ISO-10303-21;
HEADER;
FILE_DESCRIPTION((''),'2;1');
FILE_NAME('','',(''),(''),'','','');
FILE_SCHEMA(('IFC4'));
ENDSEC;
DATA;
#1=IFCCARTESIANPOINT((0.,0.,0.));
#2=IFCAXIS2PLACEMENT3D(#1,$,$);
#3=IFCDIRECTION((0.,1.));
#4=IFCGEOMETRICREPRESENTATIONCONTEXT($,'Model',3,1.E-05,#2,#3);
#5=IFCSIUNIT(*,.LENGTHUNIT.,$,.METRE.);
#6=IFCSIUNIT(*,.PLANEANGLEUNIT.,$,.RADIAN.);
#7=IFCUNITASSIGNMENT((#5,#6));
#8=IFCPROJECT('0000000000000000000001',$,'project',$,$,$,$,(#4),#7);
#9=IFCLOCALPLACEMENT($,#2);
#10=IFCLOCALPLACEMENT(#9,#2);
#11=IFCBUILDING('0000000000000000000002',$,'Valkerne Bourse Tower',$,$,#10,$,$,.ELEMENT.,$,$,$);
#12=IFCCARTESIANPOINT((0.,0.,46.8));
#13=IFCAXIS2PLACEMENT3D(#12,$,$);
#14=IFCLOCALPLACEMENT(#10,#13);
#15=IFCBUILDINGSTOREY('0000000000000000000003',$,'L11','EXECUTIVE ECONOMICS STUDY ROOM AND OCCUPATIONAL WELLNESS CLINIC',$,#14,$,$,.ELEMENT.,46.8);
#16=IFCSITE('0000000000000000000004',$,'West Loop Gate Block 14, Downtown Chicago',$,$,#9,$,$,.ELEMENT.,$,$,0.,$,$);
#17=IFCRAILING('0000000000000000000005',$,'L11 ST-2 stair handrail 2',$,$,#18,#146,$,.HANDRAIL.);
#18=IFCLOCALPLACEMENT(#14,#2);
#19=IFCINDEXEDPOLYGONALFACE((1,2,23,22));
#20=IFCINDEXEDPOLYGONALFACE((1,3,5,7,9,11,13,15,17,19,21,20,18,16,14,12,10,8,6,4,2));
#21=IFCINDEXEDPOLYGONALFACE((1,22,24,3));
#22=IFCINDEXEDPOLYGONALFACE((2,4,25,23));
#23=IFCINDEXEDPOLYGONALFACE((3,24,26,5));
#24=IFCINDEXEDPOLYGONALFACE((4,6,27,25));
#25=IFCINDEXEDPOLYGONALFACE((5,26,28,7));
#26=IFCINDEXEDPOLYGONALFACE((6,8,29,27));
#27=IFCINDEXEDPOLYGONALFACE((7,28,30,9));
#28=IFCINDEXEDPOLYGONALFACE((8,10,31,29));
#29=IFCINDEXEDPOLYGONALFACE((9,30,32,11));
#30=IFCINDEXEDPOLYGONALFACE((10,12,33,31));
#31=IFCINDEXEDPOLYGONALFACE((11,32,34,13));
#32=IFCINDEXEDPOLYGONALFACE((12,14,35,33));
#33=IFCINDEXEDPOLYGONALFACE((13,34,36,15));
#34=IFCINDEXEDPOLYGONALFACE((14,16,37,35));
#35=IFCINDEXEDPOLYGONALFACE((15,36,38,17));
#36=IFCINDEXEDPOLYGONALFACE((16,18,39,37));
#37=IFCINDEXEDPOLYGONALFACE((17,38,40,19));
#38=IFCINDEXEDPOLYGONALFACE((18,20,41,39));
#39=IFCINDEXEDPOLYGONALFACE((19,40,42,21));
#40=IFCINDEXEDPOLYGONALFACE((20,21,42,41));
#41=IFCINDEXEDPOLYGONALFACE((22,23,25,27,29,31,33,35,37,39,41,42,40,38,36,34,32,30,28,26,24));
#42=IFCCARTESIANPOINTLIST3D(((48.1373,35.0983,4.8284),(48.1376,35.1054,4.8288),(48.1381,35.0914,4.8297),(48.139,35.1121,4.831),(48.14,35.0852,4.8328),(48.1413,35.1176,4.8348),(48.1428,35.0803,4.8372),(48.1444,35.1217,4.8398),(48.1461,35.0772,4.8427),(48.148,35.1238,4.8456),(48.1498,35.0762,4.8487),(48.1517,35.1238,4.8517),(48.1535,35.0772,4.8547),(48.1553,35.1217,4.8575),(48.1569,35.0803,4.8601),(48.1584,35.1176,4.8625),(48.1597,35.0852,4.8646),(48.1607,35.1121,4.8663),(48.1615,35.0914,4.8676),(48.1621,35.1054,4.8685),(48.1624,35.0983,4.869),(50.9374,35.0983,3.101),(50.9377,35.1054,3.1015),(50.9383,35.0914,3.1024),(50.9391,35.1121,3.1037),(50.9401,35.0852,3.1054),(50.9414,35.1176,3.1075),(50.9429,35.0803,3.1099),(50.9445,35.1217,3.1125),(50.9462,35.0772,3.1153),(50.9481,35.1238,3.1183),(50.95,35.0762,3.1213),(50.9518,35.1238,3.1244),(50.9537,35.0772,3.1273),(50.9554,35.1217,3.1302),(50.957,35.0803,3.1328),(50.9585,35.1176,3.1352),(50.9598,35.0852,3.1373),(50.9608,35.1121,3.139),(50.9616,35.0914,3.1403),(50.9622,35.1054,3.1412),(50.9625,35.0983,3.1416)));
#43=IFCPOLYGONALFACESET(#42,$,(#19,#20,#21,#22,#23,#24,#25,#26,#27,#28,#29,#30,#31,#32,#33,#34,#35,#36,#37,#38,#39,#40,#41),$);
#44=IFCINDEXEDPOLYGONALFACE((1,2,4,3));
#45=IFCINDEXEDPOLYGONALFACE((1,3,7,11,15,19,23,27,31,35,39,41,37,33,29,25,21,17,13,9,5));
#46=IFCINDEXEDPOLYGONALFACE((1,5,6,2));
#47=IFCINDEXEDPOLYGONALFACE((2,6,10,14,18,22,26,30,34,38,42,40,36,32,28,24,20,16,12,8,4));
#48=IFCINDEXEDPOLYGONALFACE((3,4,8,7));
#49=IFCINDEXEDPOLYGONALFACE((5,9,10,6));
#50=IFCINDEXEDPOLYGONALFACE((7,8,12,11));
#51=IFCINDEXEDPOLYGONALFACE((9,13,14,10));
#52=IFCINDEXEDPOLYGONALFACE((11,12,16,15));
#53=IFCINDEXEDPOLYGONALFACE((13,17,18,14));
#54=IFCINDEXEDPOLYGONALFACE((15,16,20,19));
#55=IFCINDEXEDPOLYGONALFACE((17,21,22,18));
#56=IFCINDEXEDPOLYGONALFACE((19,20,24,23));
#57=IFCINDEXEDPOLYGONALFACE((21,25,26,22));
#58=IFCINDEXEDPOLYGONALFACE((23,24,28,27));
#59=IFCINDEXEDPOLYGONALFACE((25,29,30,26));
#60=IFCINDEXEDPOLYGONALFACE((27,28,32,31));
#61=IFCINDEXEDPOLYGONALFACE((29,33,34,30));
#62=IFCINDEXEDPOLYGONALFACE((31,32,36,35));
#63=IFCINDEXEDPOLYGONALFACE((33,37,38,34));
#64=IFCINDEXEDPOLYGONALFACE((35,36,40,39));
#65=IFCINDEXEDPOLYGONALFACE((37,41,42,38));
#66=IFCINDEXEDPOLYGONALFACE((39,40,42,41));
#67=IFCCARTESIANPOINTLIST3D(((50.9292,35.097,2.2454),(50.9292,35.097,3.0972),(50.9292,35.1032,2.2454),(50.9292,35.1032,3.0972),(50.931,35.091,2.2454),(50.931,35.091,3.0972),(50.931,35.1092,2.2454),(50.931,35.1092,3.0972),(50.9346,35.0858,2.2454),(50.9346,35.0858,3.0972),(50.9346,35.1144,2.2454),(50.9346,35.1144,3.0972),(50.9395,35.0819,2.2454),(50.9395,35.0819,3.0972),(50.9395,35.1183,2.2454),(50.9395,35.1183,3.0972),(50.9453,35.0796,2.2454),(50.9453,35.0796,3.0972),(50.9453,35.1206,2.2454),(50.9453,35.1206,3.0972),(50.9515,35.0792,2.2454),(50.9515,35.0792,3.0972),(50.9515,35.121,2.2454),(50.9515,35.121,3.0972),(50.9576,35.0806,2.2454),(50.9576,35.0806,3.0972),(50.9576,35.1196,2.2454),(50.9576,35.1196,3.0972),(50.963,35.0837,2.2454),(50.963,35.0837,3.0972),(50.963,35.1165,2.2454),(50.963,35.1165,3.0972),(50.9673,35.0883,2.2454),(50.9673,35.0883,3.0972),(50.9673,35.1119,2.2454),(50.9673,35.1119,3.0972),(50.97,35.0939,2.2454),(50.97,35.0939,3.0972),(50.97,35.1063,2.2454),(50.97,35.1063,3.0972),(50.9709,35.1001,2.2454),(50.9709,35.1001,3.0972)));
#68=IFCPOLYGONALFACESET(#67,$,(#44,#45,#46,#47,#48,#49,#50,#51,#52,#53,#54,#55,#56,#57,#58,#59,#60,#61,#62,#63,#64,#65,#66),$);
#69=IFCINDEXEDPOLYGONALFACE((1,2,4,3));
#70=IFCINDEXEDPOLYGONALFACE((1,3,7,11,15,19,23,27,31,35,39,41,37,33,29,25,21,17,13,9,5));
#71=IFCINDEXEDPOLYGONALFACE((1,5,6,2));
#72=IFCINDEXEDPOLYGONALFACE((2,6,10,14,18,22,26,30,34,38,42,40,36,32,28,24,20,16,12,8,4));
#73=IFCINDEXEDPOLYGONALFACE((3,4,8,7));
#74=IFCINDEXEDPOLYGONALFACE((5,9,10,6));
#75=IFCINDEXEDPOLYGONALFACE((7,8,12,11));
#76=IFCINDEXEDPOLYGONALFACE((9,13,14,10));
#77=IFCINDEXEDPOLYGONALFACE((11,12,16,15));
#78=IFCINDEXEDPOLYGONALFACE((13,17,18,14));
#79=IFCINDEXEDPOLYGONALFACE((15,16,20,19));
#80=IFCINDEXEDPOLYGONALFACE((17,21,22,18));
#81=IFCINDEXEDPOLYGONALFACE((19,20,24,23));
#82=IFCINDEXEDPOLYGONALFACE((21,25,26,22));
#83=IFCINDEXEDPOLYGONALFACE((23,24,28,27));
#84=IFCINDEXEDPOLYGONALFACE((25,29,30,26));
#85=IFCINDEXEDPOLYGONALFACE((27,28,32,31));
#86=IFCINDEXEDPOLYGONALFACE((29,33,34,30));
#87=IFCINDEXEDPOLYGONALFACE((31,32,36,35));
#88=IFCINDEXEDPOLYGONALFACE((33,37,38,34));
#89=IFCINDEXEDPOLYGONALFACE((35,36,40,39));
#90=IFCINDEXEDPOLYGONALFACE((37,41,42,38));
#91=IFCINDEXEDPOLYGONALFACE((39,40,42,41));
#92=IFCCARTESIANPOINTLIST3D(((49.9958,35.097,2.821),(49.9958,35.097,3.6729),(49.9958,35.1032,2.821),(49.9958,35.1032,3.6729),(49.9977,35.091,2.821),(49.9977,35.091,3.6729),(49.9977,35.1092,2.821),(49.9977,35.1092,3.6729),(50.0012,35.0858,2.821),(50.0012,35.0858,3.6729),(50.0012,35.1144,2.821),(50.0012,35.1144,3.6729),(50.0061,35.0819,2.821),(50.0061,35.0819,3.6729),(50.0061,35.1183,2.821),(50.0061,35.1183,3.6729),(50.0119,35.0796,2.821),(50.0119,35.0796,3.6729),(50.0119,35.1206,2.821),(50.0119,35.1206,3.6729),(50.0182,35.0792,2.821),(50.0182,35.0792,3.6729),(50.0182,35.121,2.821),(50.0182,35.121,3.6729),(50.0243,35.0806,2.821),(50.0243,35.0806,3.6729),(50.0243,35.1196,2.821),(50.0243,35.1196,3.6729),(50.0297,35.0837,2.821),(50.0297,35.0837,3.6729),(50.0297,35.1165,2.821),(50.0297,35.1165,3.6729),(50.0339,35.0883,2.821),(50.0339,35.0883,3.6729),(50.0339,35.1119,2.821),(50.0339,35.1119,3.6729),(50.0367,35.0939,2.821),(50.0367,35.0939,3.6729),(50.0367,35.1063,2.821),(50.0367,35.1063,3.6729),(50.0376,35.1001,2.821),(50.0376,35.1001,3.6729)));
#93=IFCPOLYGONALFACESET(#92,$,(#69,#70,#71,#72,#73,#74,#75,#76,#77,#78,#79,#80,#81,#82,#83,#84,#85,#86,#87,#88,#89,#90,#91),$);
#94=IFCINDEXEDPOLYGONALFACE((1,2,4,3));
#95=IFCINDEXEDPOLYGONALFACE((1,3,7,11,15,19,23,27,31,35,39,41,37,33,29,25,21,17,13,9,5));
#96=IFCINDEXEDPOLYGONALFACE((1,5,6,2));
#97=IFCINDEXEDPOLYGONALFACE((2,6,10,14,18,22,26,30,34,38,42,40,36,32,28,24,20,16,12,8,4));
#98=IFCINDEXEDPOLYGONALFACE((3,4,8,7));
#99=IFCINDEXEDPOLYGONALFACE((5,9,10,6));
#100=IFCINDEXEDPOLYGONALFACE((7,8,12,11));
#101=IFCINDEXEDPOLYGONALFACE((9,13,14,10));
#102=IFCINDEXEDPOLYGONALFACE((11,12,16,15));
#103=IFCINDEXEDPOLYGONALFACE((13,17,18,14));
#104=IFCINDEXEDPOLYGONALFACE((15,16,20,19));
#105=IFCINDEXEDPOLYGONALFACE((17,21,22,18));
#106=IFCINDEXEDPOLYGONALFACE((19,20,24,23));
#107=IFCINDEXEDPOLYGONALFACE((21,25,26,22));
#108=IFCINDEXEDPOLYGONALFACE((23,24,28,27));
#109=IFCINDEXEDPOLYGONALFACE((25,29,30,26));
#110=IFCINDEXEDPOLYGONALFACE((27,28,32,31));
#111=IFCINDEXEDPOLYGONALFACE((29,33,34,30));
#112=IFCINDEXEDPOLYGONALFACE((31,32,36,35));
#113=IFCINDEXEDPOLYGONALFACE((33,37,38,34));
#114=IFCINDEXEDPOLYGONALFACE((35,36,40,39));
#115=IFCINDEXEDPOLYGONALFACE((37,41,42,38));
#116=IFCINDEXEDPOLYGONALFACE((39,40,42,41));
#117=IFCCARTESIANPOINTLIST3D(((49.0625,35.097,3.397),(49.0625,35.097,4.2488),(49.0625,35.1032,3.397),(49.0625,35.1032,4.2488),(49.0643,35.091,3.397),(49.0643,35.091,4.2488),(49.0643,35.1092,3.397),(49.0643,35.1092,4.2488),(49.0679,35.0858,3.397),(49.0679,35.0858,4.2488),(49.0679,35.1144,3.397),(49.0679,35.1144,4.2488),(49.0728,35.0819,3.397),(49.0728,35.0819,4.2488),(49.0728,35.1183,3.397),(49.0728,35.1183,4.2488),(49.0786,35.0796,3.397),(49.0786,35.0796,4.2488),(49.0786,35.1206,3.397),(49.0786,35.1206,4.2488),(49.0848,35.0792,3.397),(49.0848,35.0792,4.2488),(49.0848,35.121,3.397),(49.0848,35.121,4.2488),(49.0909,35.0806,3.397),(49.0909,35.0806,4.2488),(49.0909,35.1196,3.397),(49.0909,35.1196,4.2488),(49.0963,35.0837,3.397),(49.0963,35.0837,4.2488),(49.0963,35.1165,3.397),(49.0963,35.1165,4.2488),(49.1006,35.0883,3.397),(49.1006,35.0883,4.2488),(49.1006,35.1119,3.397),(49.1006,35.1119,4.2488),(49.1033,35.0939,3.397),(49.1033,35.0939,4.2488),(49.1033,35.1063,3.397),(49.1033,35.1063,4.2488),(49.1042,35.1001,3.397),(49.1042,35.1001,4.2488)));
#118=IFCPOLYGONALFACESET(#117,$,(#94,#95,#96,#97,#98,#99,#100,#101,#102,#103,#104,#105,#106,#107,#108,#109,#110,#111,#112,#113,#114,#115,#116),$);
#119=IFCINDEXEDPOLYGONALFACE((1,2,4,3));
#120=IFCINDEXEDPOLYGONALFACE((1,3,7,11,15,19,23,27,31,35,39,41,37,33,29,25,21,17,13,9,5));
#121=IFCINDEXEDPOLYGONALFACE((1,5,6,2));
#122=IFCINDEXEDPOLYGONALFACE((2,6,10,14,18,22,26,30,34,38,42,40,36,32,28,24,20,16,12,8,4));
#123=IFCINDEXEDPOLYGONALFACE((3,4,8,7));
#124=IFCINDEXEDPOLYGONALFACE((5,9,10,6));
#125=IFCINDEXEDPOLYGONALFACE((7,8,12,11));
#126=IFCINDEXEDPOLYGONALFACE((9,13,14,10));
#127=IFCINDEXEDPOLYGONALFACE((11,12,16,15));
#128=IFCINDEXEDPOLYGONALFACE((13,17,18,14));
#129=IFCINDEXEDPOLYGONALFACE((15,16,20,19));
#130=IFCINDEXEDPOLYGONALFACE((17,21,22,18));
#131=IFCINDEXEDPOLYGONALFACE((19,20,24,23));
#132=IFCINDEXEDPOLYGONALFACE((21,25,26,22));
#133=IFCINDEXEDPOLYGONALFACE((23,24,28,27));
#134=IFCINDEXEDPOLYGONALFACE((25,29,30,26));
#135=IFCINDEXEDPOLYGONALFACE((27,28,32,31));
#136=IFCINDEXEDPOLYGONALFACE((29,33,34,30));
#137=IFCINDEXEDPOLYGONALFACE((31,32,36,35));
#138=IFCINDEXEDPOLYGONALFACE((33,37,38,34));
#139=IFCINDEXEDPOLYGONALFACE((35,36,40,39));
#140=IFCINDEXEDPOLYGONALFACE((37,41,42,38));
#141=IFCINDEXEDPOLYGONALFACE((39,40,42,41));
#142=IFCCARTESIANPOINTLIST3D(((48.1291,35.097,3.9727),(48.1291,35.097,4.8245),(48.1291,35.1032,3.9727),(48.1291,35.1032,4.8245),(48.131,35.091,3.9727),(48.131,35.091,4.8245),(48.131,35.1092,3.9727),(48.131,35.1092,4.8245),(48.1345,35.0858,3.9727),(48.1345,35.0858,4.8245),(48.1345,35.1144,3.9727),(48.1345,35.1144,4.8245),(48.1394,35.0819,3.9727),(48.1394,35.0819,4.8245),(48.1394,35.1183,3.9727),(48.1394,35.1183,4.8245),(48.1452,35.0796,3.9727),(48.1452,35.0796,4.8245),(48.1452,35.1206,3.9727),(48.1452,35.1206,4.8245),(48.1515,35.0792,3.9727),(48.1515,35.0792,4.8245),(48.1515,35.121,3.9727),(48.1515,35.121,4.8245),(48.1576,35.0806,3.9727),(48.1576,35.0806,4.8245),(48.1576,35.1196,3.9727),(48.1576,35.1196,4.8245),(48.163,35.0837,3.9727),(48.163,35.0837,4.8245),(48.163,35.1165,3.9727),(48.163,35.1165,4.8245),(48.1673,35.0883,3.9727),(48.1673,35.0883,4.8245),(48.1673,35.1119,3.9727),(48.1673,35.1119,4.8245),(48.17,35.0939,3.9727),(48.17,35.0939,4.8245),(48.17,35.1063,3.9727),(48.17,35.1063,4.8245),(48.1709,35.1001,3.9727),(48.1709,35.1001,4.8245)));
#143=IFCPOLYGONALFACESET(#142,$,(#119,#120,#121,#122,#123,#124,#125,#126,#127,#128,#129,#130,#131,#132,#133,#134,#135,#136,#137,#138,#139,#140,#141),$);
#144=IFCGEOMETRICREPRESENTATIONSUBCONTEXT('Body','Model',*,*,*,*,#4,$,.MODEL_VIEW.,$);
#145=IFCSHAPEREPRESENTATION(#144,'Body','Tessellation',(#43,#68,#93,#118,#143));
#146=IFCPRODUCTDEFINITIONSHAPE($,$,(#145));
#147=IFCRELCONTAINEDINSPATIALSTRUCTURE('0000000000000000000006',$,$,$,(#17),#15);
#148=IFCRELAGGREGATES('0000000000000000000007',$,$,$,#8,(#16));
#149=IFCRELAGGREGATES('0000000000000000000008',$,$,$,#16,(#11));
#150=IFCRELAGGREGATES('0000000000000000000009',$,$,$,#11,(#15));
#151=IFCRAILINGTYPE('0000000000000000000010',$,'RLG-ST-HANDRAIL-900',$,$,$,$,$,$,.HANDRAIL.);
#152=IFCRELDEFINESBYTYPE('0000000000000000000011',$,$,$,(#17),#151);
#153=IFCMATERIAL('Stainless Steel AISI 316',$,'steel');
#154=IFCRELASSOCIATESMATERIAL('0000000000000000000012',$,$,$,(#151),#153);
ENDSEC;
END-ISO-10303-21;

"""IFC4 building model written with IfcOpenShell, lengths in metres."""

from ifc_helpers import new_model, si_unit, direction, frame, origin, origin_2d, place, context, subcontext, project, spatial, circle, extrude, material, type_object, element, save


model = new_model("IFC4")

# Units and contexts
model_context = context("Model", 3, precision=1e-05, world=origin(), true_north=direction((0.0, 1.0)))
body_context = subcontext(model_context, "Body", "Model", "MODEL_VIEW")
ifc_project = project(units=[si_unit("LENGTHUNIT", "METRE"), si_unit("PLANEANGLEUNIT", "RADIAN")], contexts=[model_context])

# Site, building, storey
site_placement = place(None, origin())
site = spatial("IfcSite", under=ifc_project, at=site_placement, Name="West Loop Gate Block 14, Downtown Chicago", CompositionType="ELEMENT", RefElevation=0.0)
building_placement = place(site_placement, origin())
building = spatial("IfcBuilding", under=site, at=building_placement, Name="Valkerne Bourse Tower", CompositionType="ELEMENT")
storey_placement = place(building_placement, frame((0.0, 0.0, 46.8)))
storey = spatial("IfcBuildingStorey", under=building, at=storey_placement, Name="L11", Description="EXECUTIVE ECONOMICS STUDY ROOM AND OCCUPATIONAL WELLNESS CLINIC", CompositionType="ELEMENT", Elevation=46.8)

# Shared definitions
ifc_material_1 = material(Name="Stainless Steel AISI 316", Category="steel")

# Railing
railing_type_1 = type_object("IfcRailingType", Name="RLG-ST-HANDRAIL-900", PredefinedType="HANDRAIL", material=ifc_material_1)
railing_1_placement = place(storey_placement, frame((50.95, 35.1001, 2.2454)))
element("IfcRailing", 1, at=railing_1_placement, inside=storey, type_object=railing_type_1, Name="L11 ST-2 stair handrail 2", PredefinedType="HANDRAIL", context=body_context, shape_type="SweptSolid", body=[
    extrude(circle(Radius=0.0239, at=origin_2d()), frame((0.0, 0.0, 0.876), z_axis=(-0.85109, 0.0, 0.52502), x_axis=(0.0, -1.0, 0.0)), (0.0, 0.0, 1.0), 3.29),
    extrude(circle(Radius=0.021, at=origin_2d()), origin(), (0.0, 0.0, 1.0), 0.8518),
    extrude(circle(Radius=0.021, at=origin_2d()), frame((-0.9333, 0.0, 0.5757)), (0.0, 0.0, 1.0), 0.8518),
    extrude(circle(Radius=0.021, at=origin_2d()), frame((-1.8667, 0.0, 1.1516)), (0.0, 0.0, 1.0), 0.8518),
    extrude(circle(Radius=0.021, at=origin_2d()), frame((-2.8, 0.0, 1.7273)), (0.0, 0.0, 1.0), 0.8518),
])

save(model, "model.ifc")
